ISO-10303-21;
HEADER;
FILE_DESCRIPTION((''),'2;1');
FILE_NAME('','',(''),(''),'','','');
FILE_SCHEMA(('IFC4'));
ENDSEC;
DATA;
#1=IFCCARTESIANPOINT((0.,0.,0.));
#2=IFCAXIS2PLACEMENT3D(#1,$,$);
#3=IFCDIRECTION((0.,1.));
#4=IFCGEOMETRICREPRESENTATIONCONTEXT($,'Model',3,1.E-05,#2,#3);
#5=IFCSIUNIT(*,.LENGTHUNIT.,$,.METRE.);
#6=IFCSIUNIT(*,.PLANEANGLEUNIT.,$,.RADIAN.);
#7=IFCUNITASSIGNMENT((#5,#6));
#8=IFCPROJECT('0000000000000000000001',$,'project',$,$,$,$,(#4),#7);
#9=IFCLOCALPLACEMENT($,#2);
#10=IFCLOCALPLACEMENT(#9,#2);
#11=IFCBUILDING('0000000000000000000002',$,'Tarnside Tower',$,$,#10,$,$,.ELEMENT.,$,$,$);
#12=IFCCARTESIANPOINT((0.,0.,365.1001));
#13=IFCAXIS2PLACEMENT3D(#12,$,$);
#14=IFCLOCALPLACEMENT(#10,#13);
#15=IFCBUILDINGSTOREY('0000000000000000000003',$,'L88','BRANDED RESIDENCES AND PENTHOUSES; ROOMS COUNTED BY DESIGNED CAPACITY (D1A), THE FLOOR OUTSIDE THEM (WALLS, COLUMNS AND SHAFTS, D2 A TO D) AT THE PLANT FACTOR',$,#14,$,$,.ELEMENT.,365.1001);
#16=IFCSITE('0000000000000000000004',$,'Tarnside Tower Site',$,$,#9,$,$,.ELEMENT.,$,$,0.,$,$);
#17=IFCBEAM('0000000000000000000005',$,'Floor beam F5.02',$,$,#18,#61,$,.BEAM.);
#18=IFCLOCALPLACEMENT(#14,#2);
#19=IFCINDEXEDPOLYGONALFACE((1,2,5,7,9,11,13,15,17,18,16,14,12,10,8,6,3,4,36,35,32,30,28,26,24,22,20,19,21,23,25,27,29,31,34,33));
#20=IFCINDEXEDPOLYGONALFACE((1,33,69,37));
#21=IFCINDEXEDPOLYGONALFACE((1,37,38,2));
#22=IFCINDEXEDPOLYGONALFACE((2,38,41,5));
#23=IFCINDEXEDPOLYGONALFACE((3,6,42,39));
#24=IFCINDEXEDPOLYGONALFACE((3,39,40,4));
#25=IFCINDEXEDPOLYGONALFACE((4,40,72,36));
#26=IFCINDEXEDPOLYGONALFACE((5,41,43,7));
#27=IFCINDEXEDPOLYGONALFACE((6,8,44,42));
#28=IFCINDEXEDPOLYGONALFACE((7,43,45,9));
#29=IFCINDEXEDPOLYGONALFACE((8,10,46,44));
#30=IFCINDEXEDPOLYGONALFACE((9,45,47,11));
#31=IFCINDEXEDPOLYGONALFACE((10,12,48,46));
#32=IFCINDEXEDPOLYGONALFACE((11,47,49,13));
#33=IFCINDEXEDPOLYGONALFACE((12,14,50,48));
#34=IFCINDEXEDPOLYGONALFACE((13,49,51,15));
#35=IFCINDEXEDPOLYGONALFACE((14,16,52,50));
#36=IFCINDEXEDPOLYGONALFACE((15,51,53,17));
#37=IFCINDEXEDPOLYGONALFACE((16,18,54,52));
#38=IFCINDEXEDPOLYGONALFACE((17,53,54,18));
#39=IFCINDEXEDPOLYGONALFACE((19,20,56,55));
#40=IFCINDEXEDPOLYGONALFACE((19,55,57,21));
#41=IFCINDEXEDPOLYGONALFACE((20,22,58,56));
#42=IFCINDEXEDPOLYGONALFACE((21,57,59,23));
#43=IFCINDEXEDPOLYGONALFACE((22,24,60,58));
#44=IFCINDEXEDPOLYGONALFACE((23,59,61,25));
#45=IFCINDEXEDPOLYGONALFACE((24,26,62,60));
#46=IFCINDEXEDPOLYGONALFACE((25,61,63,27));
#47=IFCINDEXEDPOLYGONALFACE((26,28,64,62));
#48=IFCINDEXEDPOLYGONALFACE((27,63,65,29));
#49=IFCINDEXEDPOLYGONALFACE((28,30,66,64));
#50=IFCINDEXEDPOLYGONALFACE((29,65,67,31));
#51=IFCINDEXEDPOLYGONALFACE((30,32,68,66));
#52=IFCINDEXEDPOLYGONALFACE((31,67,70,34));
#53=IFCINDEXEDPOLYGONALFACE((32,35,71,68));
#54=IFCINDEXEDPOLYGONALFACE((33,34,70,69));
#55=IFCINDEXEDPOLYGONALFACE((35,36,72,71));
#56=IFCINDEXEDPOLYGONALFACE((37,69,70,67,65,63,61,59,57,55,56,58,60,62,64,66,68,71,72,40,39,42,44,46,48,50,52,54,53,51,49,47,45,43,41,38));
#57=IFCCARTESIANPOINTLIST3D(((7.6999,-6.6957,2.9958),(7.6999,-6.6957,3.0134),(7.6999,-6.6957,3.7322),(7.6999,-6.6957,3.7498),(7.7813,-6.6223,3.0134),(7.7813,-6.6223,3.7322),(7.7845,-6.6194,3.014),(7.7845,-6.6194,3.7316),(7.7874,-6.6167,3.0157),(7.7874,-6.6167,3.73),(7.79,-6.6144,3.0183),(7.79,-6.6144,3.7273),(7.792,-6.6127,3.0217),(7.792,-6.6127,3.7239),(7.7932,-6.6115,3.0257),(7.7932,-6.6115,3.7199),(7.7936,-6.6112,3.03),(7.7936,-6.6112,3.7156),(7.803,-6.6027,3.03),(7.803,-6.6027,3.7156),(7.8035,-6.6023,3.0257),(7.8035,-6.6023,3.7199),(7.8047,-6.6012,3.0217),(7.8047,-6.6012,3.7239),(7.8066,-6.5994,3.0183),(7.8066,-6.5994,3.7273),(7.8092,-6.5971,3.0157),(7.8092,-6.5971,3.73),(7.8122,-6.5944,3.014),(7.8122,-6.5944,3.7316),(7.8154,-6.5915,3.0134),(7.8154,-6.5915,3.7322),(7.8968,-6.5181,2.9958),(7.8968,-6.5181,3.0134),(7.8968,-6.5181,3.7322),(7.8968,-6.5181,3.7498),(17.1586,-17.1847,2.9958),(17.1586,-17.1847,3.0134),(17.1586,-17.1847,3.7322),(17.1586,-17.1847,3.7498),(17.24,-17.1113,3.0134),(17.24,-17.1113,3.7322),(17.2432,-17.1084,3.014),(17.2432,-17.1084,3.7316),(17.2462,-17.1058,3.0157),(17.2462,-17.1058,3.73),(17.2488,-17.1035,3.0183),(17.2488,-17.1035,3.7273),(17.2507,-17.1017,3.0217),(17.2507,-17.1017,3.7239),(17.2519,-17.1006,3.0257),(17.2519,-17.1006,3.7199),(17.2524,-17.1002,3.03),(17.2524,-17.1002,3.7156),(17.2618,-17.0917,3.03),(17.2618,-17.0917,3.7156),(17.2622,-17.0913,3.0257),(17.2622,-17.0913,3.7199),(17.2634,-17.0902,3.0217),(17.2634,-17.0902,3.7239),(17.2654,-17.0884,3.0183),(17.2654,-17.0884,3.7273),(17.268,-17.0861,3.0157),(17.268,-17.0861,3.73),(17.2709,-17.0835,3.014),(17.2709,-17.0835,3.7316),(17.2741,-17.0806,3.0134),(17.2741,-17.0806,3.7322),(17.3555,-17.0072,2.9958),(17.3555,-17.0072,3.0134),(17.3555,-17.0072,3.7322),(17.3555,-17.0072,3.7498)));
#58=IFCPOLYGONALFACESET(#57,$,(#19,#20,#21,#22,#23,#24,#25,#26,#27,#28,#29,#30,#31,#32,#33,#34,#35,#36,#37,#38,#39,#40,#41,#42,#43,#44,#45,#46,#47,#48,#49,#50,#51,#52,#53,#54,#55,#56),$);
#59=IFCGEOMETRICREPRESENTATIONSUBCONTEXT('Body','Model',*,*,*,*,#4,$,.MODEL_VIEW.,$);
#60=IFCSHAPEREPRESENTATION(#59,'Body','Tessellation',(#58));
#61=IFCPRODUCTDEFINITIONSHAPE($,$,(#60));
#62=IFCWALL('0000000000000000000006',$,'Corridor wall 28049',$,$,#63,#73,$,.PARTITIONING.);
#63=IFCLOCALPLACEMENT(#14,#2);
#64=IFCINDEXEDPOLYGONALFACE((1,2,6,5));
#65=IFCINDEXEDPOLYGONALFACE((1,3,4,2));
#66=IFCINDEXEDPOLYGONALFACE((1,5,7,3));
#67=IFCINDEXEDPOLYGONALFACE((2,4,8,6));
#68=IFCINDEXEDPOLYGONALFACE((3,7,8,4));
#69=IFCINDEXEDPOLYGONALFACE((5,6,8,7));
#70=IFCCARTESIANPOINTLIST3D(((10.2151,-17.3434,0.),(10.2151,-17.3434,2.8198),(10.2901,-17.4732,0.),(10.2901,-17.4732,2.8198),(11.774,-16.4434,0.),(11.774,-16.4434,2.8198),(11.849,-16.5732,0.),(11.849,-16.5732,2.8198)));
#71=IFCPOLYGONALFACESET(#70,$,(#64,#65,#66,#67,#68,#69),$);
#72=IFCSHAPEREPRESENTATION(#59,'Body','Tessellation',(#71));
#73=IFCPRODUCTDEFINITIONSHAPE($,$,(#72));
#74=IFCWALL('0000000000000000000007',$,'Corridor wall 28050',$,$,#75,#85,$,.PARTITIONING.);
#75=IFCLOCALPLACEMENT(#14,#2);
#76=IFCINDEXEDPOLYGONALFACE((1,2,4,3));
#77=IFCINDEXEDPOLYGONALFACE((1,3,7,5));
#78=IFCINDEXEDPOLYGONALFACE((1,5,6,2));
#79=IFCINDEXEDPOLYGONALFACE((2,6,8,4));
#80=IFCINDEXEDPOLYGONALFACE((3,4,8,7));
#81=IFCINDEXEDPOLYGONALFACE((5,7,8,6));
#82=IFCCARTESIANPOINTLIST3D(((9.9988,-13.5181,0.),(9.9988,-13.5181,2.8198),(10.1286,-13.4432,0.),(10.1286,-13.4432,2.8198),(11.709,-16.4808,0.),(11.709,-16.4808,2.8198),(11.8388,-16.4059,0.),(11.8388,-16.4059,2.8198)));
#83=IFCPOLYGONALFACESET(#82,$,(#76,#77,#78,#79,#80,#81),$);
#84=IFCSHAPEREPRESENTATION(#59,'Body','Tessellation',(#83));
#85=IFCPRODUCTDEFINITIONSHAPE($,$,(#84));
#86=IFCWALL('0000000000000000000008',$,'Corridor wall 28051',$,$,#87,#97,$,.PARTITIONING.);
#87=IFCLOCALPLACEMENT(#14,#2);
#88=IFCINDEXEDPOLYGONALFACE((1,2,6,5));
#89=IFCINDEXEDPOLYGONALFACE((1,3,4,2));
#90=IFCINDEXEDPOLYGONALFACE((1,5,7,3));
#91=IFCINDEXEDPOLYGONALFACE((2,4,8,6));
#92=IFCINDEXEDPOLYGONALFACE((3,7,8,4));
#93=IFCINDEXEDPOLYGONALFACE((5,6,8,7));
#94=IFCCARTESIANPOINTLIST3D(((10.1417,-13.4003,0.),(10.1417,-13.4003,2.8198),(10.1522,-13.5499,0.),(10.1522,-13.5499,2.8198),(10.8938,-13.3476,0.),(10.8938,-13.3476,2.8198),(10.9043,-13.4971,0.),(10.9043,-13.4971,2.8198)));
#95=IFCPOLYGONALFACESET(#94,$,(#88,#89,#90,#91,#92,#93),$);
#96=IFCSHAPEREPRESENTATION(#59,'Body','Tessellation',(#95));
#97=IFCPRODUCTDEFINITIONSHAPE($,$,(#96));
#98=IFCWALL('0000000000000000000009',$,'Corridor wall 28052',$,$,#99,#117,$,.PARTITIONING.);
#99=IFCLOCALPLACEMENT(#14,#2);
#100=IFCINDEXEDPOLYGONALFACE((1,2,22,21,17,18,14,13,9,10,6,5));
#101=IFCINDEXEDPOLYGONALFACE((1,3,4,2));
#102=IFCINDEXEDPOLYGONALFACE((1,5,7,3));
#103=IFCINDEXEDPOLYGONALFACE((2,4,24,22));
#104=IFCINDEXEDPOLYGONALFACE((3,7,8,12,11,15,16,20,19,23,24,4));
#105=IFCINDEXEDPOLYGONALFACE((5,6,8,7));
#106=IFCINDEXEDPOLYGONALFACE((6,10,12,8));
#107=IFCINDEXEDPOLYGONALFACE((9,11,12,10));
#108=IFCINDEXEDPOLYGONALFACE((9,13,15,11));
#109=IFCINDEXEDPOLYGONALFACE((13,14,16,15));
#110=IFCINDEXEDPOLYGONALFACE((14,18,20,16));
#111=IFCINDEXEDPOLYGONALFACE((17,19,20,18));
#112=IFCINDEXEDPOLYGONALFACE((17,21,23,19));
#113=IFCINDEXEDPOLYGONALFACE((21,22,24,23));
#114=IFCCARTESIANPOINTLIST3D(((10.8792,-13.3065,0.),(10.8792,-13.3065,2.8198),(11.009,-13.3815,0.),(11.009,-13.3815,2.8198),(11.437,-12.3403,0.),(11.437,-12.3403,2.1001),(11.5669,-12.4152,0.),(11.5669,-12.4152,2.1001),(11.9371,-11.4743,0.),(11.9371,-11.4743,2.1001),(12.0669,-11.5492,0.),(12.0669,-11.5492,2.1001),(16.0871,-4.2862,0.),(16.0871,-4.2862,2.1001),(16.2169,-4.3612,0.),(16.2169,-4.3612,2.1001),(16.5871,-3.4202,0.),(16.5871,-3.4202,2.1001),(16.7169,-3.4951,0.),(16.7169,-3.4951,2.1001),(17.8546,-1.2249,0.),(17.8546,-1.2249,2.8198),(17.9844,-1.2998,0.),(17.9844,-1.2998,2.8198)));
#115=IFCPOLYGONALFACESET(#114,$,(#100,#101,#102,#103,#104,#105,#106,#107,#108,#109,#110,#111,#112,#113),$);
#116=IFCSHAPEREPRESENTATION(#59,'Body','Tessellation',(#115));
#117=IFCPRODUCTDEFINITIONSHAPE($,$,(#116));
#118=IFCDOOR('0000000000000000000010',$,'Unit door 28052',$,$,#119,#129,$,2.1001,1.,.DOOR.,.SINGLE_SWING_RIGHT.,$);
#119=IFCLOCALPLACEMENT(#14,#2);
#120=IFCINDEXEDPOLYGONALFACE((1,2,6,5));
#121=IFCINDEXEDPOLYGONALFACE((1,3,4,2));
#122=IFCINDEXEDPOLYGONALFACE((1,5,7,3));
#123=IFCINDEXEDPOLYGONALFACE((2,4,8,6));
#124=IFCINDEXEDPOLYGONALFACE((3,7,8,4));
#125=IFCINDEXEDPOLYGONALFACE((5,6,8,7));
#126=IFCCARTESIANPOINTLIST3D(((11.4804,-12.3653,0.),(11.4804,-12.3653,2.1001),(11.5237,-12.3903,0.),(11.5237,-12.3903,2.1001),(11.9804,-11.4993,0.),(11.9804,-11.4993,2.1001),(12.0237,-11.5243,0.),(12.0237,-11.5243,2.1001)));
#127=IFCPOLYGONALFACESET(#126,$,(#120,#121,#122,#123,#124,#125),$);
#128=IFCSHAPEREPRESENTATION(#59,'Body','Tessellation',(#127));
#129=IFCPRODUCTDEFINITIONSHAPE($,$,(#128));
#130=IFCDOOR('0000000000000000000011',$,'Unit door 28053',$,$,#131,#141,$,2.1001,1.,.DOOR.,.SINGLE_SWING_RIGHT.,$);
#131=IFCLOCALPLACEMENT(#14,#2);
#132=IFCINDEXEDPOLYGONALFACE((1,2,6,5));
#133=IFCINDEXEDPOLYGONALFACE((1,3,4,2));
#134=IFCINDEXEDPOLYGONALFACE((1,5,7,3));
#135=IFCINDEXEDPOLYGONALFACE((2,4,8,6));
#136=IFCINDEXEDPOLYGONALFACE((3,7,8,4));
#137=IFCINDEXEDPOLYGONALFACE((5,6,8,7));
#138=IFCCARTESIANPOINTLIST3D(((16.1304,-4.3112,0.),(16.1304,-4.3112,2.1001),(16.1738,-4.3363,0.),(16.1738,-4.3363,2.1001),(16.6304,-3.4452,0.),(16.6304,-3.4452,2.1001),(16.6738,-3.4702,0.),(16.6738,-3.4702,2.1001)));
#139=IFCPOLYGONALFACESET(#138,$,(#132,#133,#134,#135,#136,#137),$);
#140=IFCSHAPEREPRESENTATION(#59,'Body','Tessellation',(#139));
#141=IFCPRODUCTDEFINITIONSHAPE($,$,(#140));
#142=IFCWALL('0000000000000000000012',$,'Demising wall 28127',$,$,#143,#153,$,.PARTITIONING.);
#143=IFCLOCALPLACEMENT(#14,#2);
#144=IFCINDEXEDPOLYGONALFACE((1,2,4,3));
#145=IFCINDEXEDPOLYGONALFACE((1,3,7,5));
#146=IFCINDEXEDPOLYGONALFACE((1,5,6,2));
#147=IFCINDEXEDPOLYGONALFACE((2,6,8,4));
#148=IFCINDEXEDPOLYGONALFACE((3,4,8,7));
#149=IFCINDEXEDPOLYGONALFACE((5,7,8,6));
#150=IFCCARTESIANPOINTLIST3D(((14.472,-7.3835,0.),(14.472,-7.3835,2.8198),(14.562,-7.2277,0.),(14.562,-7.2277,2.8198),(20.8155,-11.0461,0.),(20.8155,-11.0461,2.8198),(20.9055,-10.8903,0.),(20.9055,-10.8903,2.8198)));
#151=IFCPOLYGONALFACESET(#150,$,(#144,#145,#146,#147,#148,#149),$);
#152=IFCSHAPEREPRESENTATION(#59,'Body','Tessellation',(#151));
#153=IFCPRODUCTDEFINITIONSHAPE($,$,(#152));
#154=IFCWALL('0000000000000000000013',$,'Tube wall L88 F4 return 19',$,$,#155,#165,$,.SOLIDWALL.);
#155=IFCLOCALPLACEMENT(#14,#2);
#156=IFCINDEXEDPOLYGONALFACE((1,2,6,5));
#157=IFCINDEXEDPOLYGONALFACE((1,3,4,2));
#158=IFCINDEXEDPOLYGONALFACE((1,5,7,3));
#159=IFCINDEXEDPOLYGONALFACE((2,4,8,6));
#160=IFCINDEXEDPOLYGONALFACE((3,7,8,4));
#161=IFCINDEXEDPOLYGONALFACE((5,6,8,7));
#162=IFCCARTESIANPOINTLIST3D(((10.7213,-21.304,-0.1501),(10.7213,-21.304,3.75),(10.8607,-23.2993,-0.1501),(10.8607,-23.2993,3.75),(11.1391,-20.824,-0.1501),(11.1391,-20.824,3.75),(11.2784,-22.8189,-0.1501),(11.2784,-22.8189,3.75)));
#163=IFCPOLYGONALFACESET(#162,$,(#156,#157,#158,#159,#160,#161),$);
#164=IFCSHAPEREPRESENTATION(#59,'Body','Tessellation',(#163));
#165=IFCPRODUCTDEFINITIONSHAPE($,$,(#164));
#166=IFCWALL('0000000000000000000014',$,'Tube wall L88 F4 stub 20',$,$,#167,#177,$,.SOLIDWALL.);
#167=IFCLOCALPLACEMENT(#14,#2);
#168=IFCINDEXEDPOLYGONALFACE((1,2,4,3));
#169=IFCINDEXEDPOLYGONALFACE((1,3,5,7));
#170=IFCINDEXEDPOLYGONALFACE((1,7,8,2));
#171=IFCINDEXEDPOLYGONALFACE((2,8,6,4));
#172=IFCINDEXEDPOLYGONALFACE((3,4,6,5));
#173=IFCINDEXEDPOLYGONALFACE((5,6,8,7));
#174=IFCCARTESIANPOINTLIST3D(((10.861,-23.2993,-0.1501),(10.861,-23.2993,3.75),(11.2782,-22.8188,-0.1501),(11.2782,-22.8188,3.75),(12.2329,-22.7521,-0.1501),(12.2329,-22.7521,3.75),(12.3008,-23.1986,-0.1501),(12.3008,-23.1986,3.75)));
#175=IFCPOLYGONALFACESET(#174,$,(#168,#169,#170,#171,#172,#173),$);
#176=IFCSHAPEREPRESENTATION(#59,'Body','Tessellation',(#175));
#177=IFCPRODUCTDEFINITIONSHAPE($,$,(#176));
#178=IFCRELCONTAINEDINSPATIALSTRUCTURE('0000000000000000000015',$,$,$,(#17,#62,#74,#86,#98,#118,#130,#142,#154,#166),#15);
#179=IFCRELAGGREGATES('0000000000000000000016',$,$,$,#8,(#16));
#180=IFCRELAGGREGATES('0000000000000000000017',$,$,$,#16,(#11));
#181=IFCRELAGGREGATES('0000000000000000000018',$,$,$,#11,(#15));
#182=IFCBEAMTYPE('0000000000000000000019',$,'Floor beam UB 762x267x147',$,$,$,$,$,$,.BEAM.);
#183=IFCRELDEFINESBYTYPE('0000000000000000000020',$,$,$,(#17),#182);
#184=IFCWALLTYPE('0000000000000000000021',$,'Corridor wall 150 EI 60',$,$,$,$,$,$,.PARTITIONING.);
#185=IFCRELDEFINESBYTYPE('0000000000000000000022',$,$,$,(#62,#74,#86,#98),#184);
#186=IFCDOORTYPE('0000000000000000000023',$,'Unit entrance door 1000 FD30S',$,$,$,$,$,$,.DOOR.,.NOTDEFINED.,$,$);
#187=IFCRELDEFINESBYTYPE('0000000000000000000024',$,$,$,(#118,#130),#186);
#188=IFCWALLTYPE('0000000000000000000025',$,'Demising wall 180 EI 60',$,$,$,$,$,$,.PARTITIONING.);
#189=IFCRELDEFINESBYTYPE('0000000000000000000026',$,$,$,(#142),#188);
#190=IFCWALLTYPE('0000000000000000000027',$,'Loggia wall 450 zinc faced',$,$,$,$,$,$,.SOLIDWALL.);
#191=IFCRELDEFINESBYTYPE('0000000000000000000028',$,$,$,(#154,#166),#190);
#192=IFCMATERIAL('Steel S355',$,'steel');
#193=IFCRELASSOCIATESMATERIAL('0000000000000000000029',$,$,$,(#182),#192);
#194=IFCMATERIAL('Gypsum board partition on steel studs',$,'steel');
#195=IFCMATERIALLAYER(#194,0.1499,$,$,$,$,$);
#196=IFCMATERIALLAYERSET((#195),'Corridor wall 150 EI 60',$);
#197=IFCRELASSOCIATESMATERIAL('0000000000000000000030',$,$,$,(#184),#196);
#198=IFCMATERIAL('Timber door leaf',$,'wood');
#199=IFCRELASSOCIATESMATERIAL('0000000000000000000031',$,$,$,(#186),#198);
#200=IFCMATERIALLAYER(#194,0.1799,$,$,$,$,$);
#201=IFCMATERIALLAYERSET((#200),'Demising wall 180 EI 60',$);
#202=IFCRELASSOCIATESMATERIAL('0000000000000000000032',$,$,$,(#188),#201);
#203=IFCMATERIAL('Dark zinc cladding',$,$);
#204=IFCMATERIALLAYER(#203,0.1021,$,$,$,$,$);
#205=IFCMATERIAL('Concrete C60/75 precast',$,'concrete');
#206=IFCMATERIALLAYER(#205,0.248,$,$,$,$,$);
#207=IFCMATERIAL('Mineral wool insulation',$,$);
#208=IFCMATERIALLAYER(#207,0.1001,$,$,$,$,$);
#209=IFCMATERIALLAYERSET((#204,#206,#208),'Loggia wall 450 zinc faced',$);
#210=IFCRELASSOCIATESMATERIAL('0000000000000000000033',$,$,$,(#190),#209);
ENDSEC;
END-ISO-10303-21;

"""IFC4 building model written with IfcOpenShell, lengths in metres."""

from ifc_helpers import new_model, si_unit, direction, frame, frame_2d, origin, origin_2d, place, context, subcontext, project, spatial, polyline, rectangle, i_section, outline, extrude, material, layer, layer_set, material_profile, profile_set, type_object, element, fill, save


model = new_model("IFC4")

# Units and contexts
model_context = context("Model", 3, precision=1e-05, world=origin(), true_north=direction((0.0, 1.0)))
body_context = subcontext(model_context, "Body", "Model", "MODEL_VIEW")
ifc_project = project(units=[si_unit("LENGTHUNIT", "METRE"), si_unit("PLANEANGLEUNIT", "RADIAN")], contexts=[model_context])

# Site, building, storey
site_placement = place(None, origin())
site = spatial("IfcSite", under=ifc_project, at=site_placement, Name="Tarnside Tower Site", CompositionType="ELEMENT", RefElevation=0.0)
building_placement = place(site_placement, origin())
building = spatial("IfcBuilding", under=site, at=building_placement, Name="Tarnside Tower", CompositionType="ELEMENT")
storey_placement = place(building_placement, frame((0.0, 0.0, 365.1001)))
storey = spatial("IfcBuildingStorey", under=building, at=storey_placement, Name="L88", Description="BRANDED RESIDENCES AND PENTHOUSES; ROOMS COUNTED BY DESIGNED CAPACITY (D1A), THE FLOOR OUTSIDE THEM (WALLS, COLUMNS AND SHAFTS, D2 A TO D) AT THE PLANT FACTOR", CompositionType="ELEMENT", Elevation=365.1001)

# Beam
ifc_material_1 = material(Name="Steel S355", Category="steel")
ifc_material_profile_1 = material_profile(ifc_material_1, i_section(OverallWidth=0.2651, OverallDepth=0.7539, WebThickness=0.0127, FlangeThickness=0.0176, FilletRadius=0.0166, at=origin_2d()), Name="UB 762x267x147")
ifc_profile_set_1 = profile_set([ifc_material_profile_1], Name="Steel S355")
beam_type_1 = type_object("IfcBeamType", Name="Floor beam UB 762x267x147", PredefinedType="BEAM", material=ifc_profile_set_1)
beam_1_placement = place(storey_placement, frame((17.2571, -17.0959, 3.3728), z_axis=(-0.669693, 0.742638, 0.0), x_axis=(-0.742638, -0.669693, 0.0)))
element("IfcBeam", 1, at=beam_1_placement, inside=storey, type_object=beam_type_1, Name="Floor beam F5.02", PredefinedType="BEAM", context=body_context, shape_type="SweptSolid", body=[
    extrude(i_section(OverallWidth=0.2651, OverallDepth=0.7539, WebThickness=0.0127, FlangeThickness=0.0176, FilletRadius=0.0166, at=origin_2d()), origin(), (0.0, 0.0, 1.0), 14.124),
])

# Walls
ifc_material_2 = material(Name="Gypsum board partition on steel studs", Category="steel")
ifc_layer_1 = layer(ifc_material_2, 0.1499)
ifc_layer_set_1 = layer_set([ifc_layer_1], Name="Corridor wall 150 EI 60")
wall_type_1 = type_object("IfcWallType", Name="Corridor wall 150 EI 60", PredefinedType="PARTITIONING", material=ifc_layer_set_1)
wall_1_placement = place(storey_placement, frame((10.2527, -17.4082, 0.0), z_axis=(0.0, 0.0, 1.0), x_axis=(0.866048, 0.499961, 0.0)))
element("IfcWall", 2, at=wall_1_placement, inside=storey, type_object=wall_type_1, Name="Corridor wall 28049", PredefinedType="PARTITIONING", context=body_context, shape_type="SweptSolid", body=[
    extrude(rectangle(XDim=1.8, YDim=0.1499, at=frame_2d((0.8999, 0.0))), origin(), (0.0, 0.0, 1.0), 2.8198),
])
wall_2_placement = place(storey_placement, frame((11.7739, -16.4434, 0.0), z_axis=(0.0, 0.0, 1.0), x_axis=(-0.499939, 0.866061, 0.0)))
element("IfcWall", 3, at=wall_2_placement, inside=storey, type_object=wall_type_1, Name="Corridor wall 28050", PredefinedType="PARTITIONING", context=body_context, shape_type="SweptSolid", body=[
    extrude(rectangle(XDim=3.4209, YDim=0.1499, at=frame_2d((1.7104, 0.0))), origin(), (0.0, 0.0, 1.0), 2.8198),
])
wall_3_placement = place(storey_placement, frame((10.147, -13.4751, 0.0), z_axis=(0.0, 0.0, 1.0), x_axis=(0.99755, 0.069958, 0.0)))
element("IfcWall", 4, at=wall_3_placement, inside=storey, type_object=wall_type_1, Name="Corridor wall 28051", PredefinedType="PARTITIONING", context=body_context, shape_type="SweptSolid", body=[
    extrude(rectangle(XDim=0.7539, YDim=0.1499, at=frame_2d((0.377, 0.0))), origin(), (0.0, 0.0, 1.0), 2.8198),
])

# Wall, openings, doors
wall_4_placement = place(storey_placement, frame((10.9441, -13.344, 0.0), z_axis=(0.0, 0.0, 1.0), x_axis=(0.500003, 0.866024, 0.0)))
wall_4 = element("IfcWall", 5, at=wall_4_placement, inside=storey, type_object=wall_type_1, Name="Corridor wall 28052", PredefinedType="PARTITIONING", context=body_context, shape_type="SweptSolid", body=[
    extrude(rectangle(XDim=13.9507, YDim=0.1499, at=frame_2d((6.9753, 0.0))), origin(), (0.0, 0.0, 1.0), 2.8198),
])
opening_1_placement = place(wall_4_placement, frame((1.1157, 0.0, 0.0)))
opening_1 = element("IfcOpeningElement", 6, at=opening_1_placement, cuts=wall_4, PredefinedType="OPENING", context=body_context, shape_type="SweptSolid", body=[
    extrude(rectangle(XDim=1.0, YDim=2.1001, at=frame_2d((0.5, 1.05))), frame((0.0, 0.085, 0.0), z_axis=(0.0, -1.0, 0.0), x_axis=(1.0, 0.0, 0.0)), (0.0, 0.0, 1.0), 0.1699),
])
opening_2_placement = place(wall_4_placement, frame((10.4158, 0.0, 0.0)))
opening_2 = element("IfcOpeningElement", 7, at=opening_2_placement, cuts=wall_4, PredefinedType="OPENING", context=body_context, shape_type="SweptSolid", body=[
    extrude(rectangle(XDim=1.0, YDim=2.1001, at=frame_2d((0.5, 1.05))), frame((0.0, 0.085, 0.0), z_axis=(0.0, -1.0, 0.0), x_axis=(1.0, 0.0, 0.0)), (0.0, 0.0, 1.0), 0.1699),
])
ifc_material_3 = material(Name="Timber door leaf", Category="wood")
door_type = type_object("IfcDoorType", Name="Unit entrance door 1000 FD30S", OperationType="NOTDEFINED", PredefinedType="DOOR", material=ifc_material_3)
door_1_placement = place(opening_1_placement, origin())
door_1 = element("IfcDoor", 8, at=door_1_placement, inside=storey, type_object=door_type, Name="Unit door 28052", OperationType="SINGLE_SWING_RIGHT", OverallHeight=2.1001, OverallWidth=1.0, PredefinedType="DOOR", context=body_context, shape_type="SweptSolid", body=[
    extrude(rectangle(XDim=1.0, YDim=2.1001, at=frame_2d((0.5, 1.05))), frame((0.0, 0.0249, 0.0), z_axis=(0.0, -1.0, 0.0), x_axis=(1.0, 0.0, 0.0)), (0.0, 0.0, 1.0), 0.05),
])
fill(opening_1, door_1)
door_2_placement = place(opening_2_placement, origin())
door_2 = element("IfcDoor", 9, at=door_2_placement, inside=storey, type_object=door_type, Name="Unit door 28053", OperationType="SINGLE_SWING_RIGHT", OverallHeight=2.1001, OverallWidth=1.0, PredefinedType="DOOR", context=body_context, shape_type="SweptSolid", body=[
    extrude(rectangle(XDim=1.0, YDim=2.1001, at=frame_2d((0.5, 1.05))), frame((0.0, 0.0249, 0.0), z_axis=(0.0, -1.0, 0.0), x_axis=(1.0, 0.0, 0.0)), (0.0, 0.0, 1.0), 0.05),
])
fill(opening_2, door_2)

# Walls
ifc_layer_2 = layer(ifc_material_2, 0.1799)
ifc_layer_set_2 = layer_set([ifc_layer_2], Name="Demising wall 180 EI 60")
wall_type_2 = type_object("IfcWallType", Name="Demising wall 180 EI 60", PredefinedType="PARTITIONING", material=ifc_layer_set_2)
wall_5_placement = place(storey_placement, frame((20.8606, -10.9683, 0.0), z_axis=(0.0, 0.0, 1.0), x_axis=(-0.866015, 0.500018, 0.0)))
element("IfcWall", 10, at=wall_5_placement, inside=storey, type_object=wall_type_2, Name="Demising wall 28127", PredefinedType="PARTITIONING", context=body_context, shape_type="SweptSolid", body=[
    extrude(rectangle(XDim=7.325, YDim=0.1799, at=frame_2d((3.6626, 0.0))), origin(), (0.0, 0.0, 1.0), 2.8198),
])
ifc_material_4 = material(Name="Dark zinc cladding")
ifc_layer_3 = layer(ifc_material_4, 0.1021)
ifc_material_5 = material(Name="Concrete C60/75 precast", Category="concrete")
ifc_layer_4 = layer(ifc_material_5, 0.248)
ifc_material_6 = material(Name="Mineral wool insulation")
ifc_layer_5 = layer(ifc_material_6, 0.1001)
ifc_layer_set_3 = layer_set([ifc_layer_3, ifc_layer_4, ifc_layer_5], Name="Loggia wall 450 zinc faced")
wall_type_3 = type_object("IfcWallType", Name="Loggia wall 450 zinc faced", PredefinedType="SOLIDWALL", material=ifc_layer_set_3)
wall_6_placement = place(storey_placement, frame((10.9302, -21.064, -0.1501), z_axis=(0.0, 0.0, 1.0), x_axis=(0.069703, -0.997568, 0.0)))
element("IfcWall", 11, at=wall_6_placement, inside=storey, type_object=wall_type_3, Name="Tube wall L88 F4 return 19", PredefinedType="SOLIDWALL", context=body_context, shape_type="SweptSolid", body=[
    extrude(outline(polyline([(0.2249, -0.2251), (2.2251, -0.2251), (1.7749, 0.2251), (-0.2249, 0.2251), (0.2249, -0.2251)])), origin(), (0.0, 0.0, 1.0), 3.9001),
])
wall_7_placement = place(storey_placement, frame((11.0696, -23.0591, -0.1501), z_axis=(0.0, 0.0, 1.0), x_axis=(0.997563, 0.069772, 0.0)))
element("IfcWall", 12, at=wall_7_placement, inside=storey, type_object=wall_type_3, Name="Tube wall L88 F4 stub 20", PredefinedType="SOLIDWALL", context=body_context, shape_type="SweptSolid", body=[
    extrude(outline(polyline([(-0.2249, -0.2251), (1.2185, -0.2251), (1.1819, 0.2251), (0.2249, 0.2251), (-0.2249, -0.2251)])), origin(), (0.0, 0.0, 1.0), 3.9001),
])

save(model, "model.ifc")
